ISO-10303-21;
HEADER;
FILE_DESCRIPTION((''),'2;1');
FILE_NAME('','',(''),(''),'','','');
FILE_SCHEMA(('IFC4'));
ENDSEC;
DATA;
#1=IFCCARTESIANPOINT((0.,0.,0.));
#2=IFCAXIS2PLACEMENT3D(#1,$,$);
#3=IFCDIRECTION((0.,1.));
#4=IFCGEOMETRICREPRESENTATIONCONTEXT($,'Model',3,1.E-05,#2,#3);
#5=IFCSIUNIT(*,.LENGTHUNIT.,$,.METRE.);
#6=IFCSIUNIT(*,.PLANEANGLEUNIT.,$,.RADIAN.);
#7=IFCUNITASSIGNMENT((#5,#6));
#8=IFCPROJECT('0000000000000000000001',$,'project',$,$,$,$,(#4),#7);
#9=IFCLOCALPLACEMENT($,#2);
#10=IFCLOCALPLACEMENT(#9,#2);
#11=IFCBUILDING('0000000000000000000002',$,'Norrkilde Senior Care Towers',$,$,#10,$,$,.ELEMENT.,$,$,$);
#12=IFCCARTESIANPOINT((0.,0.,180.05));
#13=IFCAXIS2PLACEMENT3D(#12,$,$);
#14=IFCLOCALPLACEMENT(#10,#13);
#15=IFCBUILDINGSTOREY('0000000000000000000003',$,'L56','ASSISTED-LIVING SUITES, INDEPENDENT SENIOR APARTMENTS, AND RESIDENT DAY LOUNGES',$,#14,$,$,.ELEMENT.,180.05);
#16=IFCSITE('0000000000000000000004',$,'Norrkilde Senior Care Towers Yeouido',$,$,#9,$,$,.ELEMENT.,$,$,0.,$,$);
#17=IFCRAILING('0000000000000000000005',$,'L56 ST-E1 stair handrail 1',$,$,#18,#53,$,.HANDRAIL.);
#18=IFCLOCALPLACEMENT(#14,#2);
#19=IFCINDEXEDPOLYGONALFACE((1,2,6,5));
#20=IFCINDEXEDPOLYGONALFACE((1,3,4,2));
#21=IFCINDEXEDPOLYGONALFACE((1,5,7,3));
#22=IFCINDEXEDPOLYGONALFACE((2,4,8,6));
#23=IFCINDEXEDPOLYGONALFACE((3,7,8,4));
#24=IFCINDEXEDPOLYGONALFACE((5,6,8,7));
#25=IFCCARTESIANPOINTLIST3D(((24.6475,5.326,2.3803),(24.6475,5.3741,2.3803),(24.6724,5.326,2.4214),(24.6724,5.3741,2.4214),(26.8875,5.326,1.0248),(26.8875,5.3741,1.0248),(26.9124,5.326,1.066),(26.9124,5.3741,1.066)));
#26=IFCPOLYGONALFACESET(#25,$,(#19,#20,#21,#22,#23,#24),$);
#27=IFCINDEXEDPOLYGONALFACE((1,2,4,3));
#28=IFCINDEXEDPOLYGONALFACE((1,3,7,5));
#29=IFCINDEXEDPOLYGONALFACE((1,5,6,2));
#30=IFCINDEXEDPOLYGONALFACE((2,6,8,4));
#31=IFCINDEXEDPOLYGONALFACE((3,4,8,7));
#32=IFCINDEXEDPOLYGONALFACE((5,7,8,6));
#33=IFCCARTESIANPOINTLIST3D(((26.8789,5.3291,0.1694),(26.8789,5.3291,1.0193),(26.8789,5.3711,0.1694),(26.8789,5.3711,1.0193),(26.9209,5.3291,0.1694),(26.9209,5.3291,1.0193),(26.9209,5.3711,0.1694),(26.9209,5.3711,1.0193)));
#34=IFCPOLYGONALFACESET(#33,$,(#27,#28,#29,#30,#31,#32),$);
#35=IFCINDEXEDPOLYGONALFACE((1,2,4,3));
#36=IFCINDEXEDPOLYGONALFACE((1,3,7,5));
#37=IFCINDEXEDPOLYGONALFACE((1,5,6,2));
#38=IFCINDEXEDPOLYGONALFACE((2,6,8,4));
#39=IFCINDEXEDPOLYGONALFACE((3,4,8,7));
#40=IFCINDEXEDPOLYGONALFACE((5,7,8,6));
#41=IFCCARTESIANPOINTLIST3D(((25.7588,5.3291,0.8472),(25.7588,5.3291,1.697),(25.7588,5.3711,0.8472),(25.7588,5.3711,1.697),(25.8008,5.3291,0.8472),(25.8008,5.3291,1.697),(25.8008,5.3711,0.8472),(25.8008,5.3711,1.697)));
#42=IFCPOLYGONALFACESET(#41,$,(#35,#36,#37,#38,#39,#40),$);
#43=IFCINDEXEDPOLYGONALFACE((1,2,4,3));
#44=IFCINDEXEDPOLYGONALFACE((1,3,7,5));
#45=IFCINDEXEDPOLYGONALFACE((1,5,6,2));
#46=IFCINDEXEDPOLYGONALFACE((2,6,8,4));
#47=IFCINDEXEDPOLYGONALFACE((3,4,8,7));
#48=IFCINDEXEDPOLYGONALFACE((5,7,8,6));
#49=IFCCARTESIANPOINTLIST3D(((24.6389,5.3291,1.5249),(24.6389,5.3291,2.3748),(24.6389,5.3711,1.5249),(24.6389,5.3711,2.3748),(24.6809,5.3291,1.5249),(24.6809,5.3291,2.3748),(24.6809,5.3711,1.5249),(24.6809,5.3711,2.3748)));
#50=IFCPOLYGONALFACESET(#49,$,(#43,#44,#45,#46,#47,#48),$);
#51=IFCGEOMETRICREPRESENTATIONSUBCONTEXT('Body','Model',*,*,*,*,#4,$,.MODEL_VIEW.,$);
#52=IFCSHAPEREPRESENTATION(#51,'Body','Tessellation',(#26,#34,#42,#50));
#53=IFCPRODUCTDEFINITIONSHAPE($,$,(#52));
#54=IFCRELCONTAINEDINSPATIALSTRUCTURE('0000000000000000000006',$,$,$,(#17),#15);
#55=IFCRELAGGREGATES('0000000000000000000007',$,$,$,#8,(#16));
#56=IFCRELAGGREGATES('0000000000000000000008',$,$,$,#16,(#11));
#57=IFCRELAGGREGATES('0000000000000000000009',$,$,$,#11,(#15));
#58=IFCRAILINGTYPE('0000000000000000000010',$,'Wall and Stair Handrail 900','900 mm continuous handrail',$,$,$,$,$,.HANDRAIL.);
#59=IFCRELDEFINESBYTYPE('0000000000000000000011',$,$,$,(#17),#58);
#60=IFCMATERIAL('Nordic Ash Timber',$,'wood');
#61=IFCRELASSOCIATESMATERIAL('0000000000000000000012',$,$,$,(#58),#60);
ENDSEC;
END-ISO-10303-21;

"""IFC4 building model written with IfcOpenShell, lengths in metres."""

from ifc_helpers import new_model, si_unit, direction, frame, origin, origin_2d, place, context, subcontext, project, spatial, rectangle, extrude, material, type_object, element, save


model = new_model("IFC4")

# Units and contexts
model_context = context("Model", 3, precision=1e-05, world=origin(), true_north=direction((0.0, 1.0)))
body_context = subcontext(model_context, "Body", "Model", "MODEL_VIEW")
ifc_project = project(units=[si_unit("LENGTHUNIT", "METRE"), si_unit("PLANEANGLEUNIT", "RADIAN")], contexts=[model_context])

# Site, building, storey
site_placement = place(None, origin())
site = spatial("IfcSite", under=ifc_project, at=site_placement, Name="Norrkilde Senior Care Towers Yeouido", CompositionType="ELEMENT", RefElevation=0.0)
building_placement = place(site_placement, origin())
building = spatial("IfcBuilding", under=site, at=building_placement, Name="Norrkilde Senior Care Towers", CompositionType="ELEMENT")
storey_placement = place(building_placement, frame((0.0, 0.0, 180.05)))
storey = spatial("IfcBuildingStorey", under=building, at=storey_placement, Name="L56", Description="ASSISTED-LIVING SUITES, INDEPENDENT SENIOR APARTMENTS, AND RESIDENT DAY LOUNGES", CompositionType="ELEMENT", Elevation=180.05)

# Railing
ifc_material_1 = material(Name="Nordic Ash Timber", Category="wood")
railing_type_1 = type_object("IfcRailingType", Name="Wall and Stair Handrail 900", Description="900 mm continuous handrail", PredefinedType="HANDRAIL", material=ifc_material_1)
railing_1_placement = place(storey_placement, frame((26.8999, 5.3501, 0.1694)))
element("IfcRailing", 1, at=railing_1_placement, inside=storey, type_object=railing_type_1, Name="L56 ST-E1 stair handrail 1", PredefinedType="HANDRAIL", context=body_context, shape_type="SweptSolid", body=[
    extrude(rectangle(XDim=0.0481, YDim=0.0481, at=origin_2d()), frame((0.0, 0.0, 0.876), z_axis=(-0.855553, 0.0, 0.517715), x_axis=(0.0, -1.0, 0.0)), (0.0, 0.0, 1.0), 2.6182),
    extrude(rectangle(XDim=0.042, YDim=0.042, at=origin_2d()), origin(), (0.0, 0.0, 1.0), 0.8499),
    extrude(rectangle(XDim=0.042, YDim=0.042, at=origin_2d()), frame((-1.1201, 0.0, 0.6777)), (0.0, 0.0, 1.0), 0.8499),
    extrude(rectangle(XDim=0.042, YDim=0.042, at=origin_2d()), frame((-2.24, 0.0, 1.3555)), (0.0, 0.0, 1.0), 0.8499),
])

save(model, "model.ifc")
